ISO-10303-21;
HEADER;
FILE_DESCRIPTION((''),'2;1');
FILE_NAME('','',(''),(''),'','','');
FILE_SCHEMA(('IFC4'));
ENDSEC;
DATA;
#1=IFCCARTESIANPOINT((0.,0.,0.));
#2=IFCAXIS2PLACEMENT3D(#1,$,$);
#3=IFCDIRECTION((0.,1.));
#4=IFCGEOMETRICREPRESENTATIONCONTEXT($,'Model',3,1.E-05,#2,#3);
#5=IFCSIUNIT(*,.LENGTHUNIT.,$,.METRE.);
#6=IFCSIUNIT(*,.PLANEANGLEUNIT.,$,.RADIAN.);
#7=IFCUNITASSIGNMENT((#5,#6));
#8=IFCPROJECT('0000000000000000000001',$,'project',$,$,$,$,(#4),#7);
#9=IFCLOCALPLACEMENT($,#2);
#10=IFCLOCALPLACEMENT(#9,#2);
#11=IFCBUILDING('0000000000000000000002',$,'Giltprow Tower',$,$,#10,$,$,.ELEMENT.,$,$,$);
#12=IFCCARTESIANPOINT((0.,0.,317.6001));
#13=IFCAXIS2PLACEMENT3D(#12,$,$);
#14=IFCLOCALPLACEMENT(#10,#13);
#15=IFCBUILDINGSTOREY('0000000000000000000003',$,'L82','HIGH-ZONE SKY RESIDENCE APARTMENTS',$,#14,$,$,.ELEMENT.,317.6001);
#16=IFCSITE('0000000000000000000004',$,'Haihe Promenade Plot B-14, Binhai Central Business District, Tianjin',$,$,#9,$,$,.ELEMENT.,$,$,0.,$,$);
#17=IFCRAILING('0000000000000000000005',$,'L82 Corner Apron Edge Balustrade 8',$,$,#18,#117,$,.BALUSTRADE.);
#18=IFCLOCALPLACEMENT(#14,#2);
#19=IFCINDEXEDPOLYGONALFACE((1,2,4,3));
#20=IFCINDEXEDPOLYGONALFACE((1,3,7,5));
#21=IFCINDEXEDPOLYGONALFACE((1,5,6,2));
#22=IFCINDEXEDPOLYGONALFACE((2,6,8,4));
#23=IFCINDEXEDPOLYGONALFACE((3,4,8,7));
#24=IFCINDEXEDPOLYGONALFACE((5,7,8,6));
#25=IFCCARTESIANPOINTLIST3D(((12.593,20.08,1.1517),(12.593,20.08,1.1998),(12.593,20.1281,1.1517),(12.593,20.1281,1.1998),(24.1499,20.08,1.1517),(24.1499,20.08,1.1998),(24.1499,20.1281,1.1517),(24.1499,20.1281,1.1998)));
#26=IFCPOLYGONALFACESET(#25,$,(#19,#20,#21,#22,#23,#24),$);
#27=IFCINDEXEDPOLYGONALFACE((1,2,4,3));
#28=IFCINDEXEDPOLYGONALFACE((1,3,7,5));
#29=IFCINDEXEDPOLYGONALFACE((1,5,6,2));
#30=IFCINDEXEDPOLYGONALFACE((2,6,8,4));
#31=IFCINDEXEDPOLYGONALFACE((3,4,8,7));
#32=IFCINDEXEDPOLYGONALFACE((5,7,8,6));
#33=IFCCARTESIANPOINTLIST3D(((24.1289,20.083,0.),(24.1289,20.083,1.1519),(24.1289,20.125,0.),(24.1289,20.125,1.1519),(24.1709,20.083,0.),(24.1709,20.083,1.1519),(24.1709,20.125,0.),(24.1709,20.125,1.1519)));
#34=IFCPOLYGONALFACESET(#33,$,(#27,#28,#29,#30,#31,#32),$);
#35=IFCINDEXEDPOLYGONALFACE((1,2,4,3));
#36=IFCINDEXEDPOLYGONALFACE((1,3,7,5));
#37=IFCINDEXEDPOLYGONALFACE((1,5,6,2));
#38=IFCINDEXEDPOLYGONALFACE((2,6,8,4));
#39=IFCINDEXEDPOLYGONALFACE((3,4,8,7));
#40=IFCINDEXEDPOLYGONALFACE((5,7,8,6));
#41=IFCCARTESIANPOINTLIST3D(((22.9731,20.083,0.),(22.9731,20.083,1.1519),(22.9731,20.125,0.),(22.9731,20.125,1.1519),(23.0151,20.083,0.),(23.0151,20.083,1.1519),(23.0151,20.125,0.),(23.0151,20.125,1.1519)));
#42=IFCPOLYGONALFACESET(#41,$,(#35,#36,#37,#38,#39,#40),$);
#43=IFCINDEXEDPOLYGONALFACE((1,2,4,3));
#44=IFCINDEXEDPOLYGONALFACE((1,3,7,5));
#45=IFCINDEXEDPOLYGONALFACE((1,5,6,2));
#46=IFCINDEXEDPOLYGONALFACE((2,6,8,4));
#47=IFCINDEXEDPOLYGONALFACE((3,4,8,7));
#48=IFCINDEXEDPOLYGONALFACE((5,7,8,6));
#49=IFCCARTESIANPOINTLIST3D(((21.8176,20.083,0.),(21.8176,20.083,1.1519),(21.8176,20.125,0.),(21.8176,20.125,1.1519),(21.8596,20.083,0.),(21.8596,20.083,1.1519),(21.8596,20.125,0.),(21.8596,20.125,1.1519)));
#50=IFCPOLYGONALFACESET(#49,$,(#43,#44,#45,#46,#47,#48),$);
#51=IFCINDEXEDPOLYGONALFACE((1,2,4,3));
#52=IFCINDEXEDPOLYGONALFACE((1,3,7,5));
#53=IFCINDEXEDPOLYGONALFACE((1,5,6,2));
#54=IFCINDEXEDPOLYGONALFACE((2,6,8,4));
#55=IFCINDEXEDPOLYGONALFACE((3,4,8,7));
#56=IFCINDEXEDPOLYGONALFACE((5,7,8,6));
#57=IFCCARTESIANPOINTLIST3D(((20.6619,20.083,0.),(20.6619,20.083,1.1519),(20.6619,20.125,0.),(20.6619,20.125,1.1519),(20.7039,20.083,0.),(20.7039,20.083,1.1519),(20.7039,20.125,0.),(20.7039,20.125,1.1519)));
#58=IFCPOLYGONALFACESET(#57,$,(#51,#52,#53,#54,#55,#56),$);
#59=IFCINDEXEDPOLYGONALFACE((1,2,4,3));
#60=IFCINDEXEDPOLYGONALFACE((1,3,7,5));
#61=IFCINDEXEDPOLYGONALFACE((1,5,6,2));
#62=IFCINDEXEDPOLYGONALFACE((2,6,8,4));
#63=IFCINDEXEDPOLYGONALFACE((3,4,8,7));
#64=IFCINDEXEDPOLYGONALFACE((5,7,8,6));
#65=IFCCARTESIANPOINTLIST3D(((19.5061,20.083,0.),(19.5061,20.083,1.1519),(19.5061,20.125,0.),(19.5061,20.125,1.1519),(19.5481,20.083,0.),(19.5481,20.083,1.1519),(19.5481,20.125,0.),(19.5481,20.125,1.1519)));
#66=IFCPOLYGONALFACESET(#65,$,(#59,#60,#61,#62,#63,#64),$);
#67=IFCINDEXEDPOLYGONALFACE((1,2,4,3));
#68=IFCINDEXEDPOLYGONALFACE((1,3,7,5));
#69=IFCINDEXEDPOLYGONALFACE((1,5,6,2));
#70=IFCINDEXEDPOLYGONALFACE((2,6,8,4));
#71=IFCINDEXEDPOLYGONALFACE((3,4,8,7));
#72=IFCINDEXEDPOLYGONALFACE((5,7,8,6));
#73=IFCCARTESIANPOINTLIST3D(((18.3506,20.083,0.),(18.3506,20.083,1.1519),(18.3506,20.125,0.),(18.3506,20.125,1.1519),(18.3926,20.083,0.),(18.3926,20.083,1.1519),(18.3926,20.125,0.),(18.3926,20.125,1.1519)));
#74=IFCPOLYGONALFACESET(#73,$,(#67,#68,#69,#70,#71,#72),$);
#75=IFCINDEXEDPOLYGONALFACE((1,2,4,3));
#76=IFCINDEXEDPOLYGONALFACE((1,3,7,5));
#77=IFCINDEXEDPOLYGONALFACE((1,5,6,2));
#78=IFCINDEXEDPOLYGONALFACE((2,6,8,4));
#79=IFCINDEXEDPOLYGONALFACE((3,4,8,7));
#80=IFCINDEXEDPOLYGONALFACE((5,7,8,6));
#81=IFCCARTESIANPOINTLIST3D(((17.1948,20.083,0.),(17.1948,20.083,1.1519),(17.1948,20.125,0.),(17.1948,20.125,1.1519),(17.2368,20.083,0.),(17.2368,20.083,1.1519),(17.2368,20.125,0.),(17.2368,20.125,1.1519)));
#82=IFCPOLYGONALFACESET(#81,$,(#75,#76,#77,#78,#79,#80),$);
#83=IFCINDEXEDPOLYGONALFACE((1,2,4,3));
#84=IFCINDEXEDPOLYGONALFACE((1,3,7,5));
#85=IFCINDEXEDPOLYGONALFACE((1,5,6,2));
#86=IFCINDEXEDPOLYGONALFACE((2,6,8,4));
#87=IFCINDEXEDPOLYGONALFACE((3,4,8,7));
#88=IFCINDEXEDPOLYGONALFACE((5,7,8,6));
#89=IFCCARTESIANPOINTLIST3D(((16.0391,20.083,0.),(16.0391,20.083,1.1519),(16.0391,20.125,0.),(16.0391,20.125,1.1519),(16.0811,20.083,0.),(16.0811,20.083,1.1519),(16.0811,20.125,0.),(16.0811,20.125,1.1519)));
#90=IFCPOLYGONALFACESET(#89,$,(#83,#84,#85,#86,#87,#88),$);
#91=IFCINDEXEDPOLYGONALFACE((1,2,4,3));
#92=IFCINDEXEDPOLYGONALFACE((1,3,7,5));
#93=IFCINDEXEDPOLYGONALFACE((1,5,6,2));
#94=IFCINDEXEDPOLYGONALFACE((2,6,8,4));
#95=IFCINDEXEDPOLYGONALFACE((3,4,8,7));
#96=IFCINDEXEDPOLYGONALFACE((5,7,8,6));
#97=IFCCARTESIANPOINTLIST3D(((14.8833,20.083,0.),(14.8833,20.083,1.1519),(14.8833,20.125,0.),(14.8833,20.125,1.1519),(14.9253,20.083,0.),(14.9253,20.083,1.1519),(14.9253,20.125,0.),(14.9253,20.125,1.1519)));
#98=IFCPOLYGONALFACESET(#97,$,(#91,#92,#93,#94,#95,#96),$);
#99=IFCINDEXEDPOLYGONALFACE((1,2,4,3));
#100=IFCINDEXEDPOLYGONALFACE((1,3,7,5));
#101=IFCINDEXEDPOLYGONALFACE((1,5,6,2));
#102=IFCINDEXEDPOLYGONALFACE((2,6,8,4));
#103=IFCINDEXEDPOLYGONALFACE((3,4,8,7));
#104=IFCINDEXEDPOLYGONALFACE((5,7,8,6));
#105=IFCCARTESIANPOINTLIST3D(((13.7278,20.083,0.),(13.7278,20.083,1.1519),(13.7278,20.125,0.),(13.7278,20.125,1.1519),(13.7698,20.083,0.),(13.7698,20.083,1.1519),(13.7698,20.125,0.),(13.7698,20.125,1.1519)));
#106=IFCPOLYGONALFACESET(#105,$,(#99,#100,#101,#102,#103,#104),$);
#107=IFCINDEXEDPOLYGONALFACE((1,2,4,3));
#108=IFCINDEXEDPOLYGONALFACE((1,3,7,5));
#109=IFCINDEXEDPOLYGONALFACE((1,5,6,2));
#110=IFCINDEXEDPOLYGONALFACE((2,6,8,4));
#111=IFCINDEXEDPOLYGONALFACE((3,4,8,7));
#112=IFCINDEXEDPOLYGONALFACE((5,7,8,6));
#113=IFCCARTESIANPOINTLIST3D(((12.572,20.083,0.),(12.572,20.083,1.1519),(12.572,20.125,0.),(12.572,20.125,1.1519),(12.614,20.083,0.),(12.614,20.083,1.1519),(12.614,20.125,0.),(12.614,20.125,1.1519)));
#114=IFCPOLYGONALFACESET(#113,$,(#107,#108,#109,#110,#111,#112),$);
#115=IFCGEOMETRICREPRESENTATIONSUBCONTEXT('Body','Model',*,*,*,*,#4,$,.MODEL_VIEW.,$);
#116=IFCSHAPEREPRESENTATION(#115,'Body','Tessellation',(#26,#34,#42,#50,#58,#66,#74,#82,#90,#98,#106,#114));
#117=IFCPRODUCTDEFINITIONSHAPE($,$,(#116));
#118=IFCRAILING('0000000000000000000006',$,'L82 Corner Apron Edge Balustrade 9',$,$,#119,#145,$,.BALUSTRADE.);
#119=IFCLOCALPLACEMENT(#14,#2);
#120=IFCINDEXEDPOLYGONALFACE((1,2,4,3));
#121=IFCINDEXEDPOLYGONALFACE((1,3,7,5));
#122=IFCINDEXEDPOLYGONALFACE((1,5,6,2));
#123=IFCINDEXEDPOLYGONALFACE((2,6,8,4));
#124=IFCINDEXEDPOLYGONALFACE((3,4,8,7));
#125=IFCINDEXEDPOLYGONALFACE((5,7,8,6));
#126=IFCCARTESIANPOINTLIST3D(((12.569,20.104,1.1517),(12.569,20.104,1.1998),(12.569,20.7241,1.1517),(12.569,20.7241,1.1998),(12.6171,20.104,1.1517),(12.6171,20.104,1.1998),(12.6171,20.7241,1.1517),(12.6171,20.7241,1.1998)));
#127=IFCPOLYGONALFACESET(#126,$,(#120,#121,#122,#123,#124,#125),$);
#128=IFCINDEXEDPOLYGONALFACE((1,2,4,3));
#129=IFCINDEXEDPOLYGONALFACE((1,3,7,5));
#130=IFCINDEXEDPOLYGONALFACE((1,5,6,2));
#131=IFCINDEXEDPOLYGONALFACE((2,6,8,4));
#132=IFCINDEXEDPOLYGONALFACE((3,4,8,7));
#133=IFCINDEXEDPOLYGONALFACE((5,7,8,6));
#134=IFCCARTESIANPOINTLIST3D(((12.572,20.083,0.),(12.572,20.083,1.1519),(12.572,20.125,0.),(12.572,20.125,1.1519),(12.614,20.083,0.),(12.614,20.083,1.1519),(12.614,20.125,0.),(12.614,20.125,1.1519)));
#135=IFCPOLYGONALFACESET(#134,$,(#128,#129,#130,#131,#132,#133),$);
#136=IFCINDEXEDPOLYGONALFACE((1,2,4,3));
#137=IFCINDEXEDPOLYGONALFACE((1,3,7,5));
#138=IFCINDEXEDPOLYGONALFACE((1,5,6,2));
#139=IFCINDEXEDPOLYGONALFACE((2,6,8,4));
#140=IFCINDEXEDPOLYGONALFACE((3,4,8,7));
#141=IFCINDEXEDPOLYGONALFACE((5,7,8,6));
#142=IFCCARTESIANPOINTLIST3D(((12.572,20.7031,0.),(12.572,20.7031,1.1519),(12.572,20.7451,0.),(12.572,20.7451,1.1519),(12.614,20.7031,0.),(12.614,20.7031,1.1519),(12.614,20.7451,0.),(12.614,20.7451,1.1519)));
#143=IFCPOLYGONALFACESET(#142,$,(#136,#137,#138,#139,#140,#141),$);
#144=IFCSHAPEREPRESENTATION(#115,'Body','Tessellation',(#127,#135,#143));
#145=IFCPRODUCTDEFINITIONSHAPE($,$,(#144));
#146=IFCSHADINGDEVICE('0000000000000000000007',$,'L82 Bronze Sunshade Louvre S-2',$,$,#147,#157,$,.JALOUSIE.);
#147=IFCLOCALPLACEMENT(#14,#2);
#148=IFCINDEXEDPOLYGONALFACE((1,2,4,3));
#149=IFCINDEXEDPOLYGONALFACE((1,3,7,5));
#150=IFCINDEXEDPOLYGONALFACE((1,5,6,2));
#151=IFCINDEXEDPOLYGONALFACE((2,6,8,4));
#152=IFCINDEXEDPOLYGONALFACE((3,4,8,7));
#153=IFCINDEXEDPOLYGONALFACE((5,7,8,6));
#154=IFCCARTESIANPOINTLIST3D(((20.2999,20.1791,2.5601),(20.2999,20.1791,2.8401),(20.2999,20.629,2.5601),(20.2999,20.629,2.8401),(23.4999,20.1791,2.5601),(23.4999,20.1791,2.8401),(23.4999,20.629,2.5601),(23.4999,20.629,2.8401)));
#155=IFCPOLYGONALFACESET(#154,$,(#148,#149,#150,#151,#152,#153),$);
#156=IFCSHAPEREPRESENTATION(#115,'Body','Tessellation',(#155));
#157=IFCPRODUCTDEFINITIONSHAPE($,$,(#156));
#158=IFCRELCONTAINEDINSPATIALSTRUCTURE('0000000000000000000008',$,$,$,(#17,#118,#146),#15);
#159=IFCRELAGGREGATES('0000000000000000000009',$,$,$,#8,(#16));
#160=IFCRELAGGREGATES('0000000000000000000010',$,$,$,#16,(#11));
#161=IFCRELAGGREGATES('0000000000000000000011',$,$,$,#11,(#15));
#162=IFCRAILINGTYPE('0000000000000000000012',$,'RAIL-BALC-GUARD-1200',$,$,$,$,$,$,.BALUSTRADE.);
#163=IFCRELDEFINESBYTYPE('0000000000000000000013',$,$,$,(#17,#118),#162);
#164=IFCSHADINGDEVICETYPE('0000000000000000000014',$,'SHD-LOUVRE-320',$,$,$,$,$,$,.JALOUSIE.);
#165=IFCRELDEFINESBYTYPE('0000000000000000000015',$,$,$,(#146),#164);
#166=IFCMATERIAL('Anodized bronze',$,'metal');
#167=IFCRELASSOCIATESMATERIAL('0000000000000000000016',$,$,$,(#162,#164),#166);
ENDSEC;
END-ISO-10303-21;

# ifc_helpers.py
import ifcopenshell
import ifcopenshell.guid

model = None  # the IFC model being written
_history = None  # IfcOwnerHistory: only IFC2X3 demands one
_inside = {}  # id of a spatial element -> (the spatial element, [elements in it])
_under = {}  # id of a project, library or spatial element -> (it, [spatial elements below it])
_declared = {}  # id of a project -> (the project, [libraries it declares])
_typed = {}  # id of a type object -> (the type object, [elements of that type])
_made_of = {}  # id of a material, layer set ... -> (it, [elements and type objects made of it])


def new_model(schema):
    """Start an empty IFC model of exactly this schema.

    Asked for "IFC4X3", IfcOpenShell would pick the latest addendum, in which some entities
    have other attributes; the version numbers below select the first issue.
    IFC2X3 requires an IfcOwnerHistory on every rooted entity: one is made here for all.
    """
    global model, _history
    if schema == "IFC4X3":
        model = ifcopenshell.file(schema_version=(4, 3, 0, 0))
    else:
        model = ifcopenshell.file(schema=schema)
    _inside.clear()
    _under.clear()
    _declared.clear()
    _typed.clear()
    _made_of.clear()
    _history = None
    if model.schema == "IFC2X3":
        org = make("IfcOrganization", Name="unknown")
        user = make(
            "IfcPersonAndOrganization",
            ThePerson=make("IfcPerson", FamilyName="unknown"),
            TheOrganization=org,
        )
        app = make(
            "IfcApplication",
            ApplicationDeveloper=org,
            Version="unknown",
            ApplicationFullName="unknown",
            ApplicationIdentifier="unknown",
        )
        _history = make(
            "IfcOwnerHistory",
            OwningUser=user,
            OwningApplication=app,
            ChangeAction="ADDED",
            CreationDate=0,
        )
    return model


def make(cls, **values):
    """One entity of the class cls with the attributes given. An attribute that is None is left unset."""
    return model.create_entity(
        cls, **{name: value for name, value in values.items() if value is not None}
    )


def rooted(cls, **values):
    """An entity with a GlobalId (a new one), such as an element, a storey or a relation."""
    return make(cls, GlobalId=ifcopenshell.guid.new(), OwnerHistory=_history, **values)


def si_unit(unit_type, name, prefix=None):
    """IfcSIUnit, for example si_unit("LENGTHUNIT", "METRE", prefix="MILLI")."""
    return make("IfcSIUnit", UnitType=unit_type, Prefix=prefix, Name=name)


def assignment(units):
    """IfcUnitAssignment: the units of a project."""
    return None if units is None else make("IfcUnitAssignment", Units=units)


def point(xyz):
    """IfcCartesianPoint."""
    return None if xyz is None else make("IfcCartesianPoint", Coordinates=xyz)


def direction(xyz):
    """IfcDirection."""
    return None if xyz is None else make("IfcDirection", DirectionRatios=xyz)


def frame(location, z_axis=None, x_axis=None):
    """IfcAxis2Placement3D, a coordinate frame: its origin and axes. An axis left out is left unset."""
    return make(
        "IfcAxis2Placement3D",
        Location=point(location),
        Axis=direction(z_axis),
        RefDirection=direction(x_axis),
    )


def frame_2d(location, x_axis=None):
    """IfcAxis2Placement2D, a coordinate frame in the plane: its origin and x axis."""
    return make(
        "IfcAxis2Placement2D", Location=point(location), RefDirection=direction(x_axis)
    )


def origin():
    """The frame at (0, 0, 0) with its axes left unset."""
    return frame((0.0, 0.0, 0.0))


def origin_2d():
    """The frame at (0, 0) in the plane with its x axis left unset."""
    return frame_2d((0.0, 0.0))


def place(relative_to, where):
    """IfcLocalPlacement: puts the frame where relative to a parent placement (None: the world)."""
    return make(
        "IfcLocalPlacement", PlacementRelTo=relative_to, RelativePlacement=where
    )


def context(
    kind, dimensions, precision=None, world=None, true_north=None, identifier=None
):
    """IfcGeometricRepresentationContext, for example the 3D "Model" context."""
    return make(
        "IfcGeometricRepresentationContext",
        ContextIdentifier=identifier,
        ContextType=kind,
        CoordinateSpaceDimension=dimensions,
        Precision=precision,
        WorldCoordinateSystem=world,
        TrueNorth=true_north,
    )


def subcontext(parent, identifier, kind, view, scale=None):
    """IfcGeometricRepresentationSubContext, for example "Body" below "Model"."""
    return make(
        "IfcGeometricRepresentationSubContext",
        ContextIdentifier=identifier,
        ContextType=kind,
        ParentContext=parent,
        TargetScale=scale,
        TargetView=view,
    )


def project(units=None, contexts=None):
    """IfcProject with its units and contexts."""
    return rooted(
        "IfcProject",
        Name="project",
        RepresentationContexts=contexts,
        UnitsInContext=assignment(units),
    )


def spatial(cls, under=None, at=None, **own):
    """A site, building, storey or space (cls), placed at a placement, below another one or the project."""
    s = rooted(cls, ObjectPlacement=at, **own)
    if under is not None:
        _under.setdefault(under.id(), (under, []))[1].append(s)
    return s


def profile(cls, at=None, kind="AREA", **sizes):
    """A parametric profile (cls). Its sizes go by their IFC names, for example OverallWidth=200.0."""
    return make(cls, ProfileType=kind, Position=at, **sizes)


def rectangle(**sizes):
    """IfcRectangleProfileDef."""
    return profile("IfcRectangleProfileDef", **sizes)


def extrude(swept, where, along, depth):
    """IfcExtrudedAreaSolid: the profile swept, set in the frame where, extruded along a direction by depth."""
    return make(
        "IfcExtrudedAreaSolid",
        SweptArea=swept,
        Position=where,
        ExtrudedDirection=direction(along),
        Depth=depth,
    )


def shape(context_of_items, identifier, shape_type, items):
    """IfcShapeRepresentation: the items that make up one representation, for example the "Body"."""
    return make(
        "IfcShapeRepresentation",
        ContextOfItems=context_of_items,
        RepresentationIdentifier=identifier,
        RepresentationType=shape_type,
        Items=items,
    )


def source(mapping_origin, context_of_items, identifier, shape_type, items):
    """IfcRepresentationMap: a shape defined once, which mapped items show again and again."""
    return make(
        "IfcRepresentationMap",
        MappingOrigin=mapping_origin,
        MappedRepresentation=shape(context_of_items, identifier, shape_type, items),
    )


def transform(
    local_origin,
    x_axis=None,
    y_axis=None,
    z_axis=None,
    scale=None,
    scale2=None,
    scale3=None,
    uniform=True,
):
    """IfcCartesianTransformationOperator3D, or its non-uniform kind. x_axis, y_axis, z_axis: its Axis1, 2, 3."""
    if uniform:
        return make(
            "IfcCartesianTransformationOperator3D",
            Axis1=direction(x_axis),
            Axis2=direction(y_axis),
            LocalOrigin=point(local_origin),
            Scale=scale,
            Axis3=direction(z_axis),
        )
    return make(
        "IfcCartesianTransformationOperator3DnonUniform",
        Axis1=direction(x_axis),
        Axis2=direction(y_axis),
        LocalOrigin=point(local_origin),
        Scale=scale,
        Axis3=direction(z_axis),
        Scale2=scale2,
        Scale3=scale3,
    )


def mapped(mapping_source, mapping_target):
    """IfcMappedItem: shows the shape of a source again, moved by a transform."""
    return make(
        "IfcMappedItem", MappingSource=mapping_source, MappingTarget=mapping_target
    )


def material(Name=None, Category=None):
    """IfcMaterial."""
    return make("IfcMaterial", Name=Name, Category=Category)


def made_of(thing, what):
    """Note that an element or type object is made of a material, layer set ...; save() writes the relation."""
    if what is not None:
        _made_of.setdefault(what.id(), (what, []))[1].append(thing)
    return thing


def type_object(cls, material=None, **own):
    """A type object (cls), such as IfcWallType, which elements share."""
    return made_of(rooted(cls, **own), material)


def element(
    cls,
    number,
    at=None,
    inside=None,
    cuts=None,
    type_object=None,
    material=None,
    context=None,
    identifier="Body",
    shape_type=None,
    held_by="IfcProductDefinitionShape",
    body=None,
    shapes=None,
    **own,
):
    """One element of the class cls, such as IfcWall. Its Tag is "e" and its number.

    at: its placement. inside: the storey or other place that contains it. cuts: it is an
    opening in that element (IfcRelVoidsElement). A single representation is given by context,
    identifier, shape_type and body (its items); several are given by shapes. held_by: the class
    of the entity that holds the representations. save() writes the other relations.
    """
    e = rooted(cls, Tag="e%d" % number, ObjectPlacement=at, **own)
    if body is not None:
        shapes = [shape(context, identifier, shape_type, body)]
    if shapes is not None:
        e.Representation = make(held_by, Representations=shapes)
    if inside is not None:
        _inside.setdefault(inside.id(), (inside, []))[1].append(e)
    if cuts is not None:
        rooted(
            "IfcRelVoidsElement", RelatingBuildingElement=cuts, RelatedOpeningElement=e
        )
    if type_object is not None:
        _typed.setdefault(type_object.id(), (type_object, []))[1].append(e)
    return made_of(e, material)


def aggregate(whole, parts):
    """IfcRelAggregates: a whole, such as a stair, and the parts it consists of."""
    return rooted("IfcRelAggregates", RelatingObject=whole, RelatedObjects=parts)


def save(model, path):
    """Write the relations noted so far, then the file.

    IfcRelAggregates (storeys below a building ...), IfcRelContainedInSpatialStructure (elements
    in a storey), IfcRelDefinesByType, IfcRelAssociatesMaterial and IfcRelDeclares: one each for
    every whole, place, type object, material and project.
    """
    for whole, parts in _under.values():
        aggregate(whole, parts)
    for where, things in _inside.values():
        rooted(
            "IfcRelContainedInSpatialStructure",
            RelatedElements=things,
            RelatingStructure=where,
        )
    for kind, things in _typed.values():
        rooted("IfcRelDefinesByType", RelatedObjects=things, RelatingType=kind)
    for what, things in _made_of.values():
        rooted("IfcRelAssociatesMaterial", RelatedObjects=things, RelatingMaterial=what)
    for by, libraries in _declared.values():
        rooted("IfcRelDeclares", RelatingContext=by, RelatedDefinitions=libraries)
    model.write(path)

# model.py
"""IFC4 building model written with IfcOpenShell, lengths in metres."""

from ifc_helpers import new_model, si_unit, direction, frame, origin, origin_2d, place, context, subcontext, project, spatial, rectangle, extrude, source, transform, mapped, material, type_object, element, save


model = new_model("IFC4")

# Units and contexts
model_context = context("Model", 3, precision=1e-05, world=origin(), true_north=direction((0.0, 1.0)))
body_context = subcontext(model_context, "Body", "Model", "MODEL_VIEW")
ifc_project = project(units=[si_unit("LENGTHUNIT", "METRE"), si_unit("PLANEANGLEUNIT", "RADIAN")], contexts=[model_context])

# Site, building, storey
site_placement = place(None, origin())
site = spatial("IfcSite", under=ifc_project, at=site_placement, Name="Haihe Promenade Plot B-14, Binhai Central Business District, Tianjin", CompositionType="ELEMENT", RefElevation=0.0)
building_placement = place(site_placement, origin())
building = spatial("IfcBuilding", under=site, at=building_placement, Name="Giltprow Tower", CompositionType="ELEMENT")
storey_placement = place(building_placement, frame((0.0, 0.0, 317.6001)))
storey = spatial("IfcBuildingStorey", under=building, at=storey_placement, Name="L82", Description="HIGH-ZONE SKY RESIDENCE APARTMENTS", CompositionType="ELEMENT", Elevation=317.6001)

# Shared definitions
ifc_material_1 = material(Name="Anodized bronze", Category="metal")

# Railings
railing_type = type_object("IfcRailingType", Name="RAIL-BALC-GUARD-1200", PredefinedType="BALUSTRADE", material=ifc_material_1)
railing_1_placement = place(storey_placement, frame((24.1499, 20.104, 0.0)))
element("IfcRailing", 1, at=railing_1_placement, inside=storey, type_object=railing_type, Name="L82 Corner Apron Edge Balustrade 8", PredefinedType="BALUSTRADE", context=body_context, shape_type="SweptSolid", body=[
    extrude(rectangle(XDim=0.0481, YDim=0.0481, at=origin_2d()), frame((0.0, 0.0, 1.1758), z_axis=(-1.0, 0.0, 0.0), x_axis=(0.0, -1.0, 0.0)), (0.0, 0.0, 1.0), 11.5569),
    extrude(rectangle(XDim=0.042, YDim=0.042, at=origin_2d()), origin(), (0.0, 0.0, 1.0), 1.1519),
    extrude(rectangle(XDim=0.042, YDim=0.042, at=origin_2d()), frame((-1.1558, 0.0, 0.0)), (0.0, 0.0, 1.0), 1.1519),
    extrude(rectangle(XDim=0.042, YDim=0.042, at=origin_2d()), frame((-2.3113, 0.0, 0.0)), (0.0, 0.0, 1.0), 1.1519),
    extrude(rectangle(XDim=0.042, YDim=0.042, at=origin_2d()), frame((-3.467, 0.0, 0.0)), (0.0, 0.0, 1.0), 1.1519),
    extrude(rectangle(XDim=0.042, YDim=0.042, at=origin_2d()), frame((-4.6228, 0.0, 0.0)), (0.0, 0.0, 1.0), 1.1519),
    extrude(rectangle(XDim=0.042, YDim=0.042, at=origin_2d()), frame((-5.7783, 0.0, 0.0)), (0.0, 0.0, 1.0), 1.1519),
    extrude(rectangle(XDim=0.042, YDim=0.042, at=origin_2d()), frame((-6.9341, 0.0, 0.0)), (0.0, 0.0, 1.0), 1.1519),
    extrude(rectangle(XDim=0.042, YDim=0.042, at=origin_2d()), frame((-8.0898, 0.0, 0.0)), (0.0, 0.0, 1.0), 1.1519),
    extrude(rectangle(XDim=0.042, YDim=0.042, at=origin_2d()), frame((-9.2456, 0.0, 0.0)), (0.0, 0.0, 1.0), 1.1519),
    extrude(rectangle(XDim=0.042, YDim=0.042, at=origin_2d()), frame((-10.4011, 0.0, 0.0)), (0.0, 0.0, 1.0), 1.1519),
    extrude(rectangle(XDim=0.042, YDim=0.042, at=origin_2d()), frame((-11.5569, 0.0, 0.0)), (0.0, 0.0, 1.0), 1.1519),
])
railing_2_placement = place(storey_placement, frame((12.593, 20.104, 0.0)))
element("IfcRailing", 2, at=railing_2_placement, inside=storey, type_object=railing_type, Name="L82 Corner Apron Edge Balustrade 9", PredefinedType="BALUSTRADE", context=body_context, shape_type="SweptSolid", body=[
    extrude(rectangle(XDim=0.0481, YDim=0.0481, at=origin_2d()), frame((0.0, 0.0, 1.1758), z_axis=(0.0, 1.0, 0.0), x_axis=(-1.0, 0.0, 0.0)), (0.0, 0.0, 1.0), 0.6201),
    extrude(rectangle(XDim=0.042, YDim=0.042, at=origin_2d()), origin(), (0.0, 0.0, 1.0), 1.1519),
    extrude(rectangle(XDim=0.042, YDim=0.042, at=origin_2d()), frame((0.0, 0.6201, 0.0)), (0.0, 0.0, 1.0), 1.1519),
])

# Shading device
shading_device_type = type_object("IfcShadingDeviceType", Name="SHD-LOUVRE-320", PredefinedType="JALOUSIE", material=ifc_material_1)
shared_shape_1 = source(origin(), body_context, "Body", "SweptSolid", [
    extrude(rectangle(XDim=3.2, YDim=0.45, at=origin_2d()), origin(), (0.0, 0.0, 1.0), 0.28),
])
shading_device_placement = place(storey_placement, frame((21.8999, 20.4041, 2.5601), z_axis=(0.0, 0.0, 1.0), x_axis=(1.0, 0.0, 0.0)))
element("IfcShadingDevice", 3, at=shading_device_placement, inside=storey, type_object=shading_device_type, Name="L82 Bronze Sunshade Louvre S-2", PredefinedType="JALOUSIE", context=body_context, shape_type="MappedRepresentation", body=[
    mapped(shared_shape_1, transform((0.0, 0.0, 0.0), x_axis=(1.0, 0.0, 0.0), y_axis=(0.0, 1.0, 0.0), z_axis=(0.0, 0.0, 1.0), scale=1.0)),
])

save(model, "model.ifc")
